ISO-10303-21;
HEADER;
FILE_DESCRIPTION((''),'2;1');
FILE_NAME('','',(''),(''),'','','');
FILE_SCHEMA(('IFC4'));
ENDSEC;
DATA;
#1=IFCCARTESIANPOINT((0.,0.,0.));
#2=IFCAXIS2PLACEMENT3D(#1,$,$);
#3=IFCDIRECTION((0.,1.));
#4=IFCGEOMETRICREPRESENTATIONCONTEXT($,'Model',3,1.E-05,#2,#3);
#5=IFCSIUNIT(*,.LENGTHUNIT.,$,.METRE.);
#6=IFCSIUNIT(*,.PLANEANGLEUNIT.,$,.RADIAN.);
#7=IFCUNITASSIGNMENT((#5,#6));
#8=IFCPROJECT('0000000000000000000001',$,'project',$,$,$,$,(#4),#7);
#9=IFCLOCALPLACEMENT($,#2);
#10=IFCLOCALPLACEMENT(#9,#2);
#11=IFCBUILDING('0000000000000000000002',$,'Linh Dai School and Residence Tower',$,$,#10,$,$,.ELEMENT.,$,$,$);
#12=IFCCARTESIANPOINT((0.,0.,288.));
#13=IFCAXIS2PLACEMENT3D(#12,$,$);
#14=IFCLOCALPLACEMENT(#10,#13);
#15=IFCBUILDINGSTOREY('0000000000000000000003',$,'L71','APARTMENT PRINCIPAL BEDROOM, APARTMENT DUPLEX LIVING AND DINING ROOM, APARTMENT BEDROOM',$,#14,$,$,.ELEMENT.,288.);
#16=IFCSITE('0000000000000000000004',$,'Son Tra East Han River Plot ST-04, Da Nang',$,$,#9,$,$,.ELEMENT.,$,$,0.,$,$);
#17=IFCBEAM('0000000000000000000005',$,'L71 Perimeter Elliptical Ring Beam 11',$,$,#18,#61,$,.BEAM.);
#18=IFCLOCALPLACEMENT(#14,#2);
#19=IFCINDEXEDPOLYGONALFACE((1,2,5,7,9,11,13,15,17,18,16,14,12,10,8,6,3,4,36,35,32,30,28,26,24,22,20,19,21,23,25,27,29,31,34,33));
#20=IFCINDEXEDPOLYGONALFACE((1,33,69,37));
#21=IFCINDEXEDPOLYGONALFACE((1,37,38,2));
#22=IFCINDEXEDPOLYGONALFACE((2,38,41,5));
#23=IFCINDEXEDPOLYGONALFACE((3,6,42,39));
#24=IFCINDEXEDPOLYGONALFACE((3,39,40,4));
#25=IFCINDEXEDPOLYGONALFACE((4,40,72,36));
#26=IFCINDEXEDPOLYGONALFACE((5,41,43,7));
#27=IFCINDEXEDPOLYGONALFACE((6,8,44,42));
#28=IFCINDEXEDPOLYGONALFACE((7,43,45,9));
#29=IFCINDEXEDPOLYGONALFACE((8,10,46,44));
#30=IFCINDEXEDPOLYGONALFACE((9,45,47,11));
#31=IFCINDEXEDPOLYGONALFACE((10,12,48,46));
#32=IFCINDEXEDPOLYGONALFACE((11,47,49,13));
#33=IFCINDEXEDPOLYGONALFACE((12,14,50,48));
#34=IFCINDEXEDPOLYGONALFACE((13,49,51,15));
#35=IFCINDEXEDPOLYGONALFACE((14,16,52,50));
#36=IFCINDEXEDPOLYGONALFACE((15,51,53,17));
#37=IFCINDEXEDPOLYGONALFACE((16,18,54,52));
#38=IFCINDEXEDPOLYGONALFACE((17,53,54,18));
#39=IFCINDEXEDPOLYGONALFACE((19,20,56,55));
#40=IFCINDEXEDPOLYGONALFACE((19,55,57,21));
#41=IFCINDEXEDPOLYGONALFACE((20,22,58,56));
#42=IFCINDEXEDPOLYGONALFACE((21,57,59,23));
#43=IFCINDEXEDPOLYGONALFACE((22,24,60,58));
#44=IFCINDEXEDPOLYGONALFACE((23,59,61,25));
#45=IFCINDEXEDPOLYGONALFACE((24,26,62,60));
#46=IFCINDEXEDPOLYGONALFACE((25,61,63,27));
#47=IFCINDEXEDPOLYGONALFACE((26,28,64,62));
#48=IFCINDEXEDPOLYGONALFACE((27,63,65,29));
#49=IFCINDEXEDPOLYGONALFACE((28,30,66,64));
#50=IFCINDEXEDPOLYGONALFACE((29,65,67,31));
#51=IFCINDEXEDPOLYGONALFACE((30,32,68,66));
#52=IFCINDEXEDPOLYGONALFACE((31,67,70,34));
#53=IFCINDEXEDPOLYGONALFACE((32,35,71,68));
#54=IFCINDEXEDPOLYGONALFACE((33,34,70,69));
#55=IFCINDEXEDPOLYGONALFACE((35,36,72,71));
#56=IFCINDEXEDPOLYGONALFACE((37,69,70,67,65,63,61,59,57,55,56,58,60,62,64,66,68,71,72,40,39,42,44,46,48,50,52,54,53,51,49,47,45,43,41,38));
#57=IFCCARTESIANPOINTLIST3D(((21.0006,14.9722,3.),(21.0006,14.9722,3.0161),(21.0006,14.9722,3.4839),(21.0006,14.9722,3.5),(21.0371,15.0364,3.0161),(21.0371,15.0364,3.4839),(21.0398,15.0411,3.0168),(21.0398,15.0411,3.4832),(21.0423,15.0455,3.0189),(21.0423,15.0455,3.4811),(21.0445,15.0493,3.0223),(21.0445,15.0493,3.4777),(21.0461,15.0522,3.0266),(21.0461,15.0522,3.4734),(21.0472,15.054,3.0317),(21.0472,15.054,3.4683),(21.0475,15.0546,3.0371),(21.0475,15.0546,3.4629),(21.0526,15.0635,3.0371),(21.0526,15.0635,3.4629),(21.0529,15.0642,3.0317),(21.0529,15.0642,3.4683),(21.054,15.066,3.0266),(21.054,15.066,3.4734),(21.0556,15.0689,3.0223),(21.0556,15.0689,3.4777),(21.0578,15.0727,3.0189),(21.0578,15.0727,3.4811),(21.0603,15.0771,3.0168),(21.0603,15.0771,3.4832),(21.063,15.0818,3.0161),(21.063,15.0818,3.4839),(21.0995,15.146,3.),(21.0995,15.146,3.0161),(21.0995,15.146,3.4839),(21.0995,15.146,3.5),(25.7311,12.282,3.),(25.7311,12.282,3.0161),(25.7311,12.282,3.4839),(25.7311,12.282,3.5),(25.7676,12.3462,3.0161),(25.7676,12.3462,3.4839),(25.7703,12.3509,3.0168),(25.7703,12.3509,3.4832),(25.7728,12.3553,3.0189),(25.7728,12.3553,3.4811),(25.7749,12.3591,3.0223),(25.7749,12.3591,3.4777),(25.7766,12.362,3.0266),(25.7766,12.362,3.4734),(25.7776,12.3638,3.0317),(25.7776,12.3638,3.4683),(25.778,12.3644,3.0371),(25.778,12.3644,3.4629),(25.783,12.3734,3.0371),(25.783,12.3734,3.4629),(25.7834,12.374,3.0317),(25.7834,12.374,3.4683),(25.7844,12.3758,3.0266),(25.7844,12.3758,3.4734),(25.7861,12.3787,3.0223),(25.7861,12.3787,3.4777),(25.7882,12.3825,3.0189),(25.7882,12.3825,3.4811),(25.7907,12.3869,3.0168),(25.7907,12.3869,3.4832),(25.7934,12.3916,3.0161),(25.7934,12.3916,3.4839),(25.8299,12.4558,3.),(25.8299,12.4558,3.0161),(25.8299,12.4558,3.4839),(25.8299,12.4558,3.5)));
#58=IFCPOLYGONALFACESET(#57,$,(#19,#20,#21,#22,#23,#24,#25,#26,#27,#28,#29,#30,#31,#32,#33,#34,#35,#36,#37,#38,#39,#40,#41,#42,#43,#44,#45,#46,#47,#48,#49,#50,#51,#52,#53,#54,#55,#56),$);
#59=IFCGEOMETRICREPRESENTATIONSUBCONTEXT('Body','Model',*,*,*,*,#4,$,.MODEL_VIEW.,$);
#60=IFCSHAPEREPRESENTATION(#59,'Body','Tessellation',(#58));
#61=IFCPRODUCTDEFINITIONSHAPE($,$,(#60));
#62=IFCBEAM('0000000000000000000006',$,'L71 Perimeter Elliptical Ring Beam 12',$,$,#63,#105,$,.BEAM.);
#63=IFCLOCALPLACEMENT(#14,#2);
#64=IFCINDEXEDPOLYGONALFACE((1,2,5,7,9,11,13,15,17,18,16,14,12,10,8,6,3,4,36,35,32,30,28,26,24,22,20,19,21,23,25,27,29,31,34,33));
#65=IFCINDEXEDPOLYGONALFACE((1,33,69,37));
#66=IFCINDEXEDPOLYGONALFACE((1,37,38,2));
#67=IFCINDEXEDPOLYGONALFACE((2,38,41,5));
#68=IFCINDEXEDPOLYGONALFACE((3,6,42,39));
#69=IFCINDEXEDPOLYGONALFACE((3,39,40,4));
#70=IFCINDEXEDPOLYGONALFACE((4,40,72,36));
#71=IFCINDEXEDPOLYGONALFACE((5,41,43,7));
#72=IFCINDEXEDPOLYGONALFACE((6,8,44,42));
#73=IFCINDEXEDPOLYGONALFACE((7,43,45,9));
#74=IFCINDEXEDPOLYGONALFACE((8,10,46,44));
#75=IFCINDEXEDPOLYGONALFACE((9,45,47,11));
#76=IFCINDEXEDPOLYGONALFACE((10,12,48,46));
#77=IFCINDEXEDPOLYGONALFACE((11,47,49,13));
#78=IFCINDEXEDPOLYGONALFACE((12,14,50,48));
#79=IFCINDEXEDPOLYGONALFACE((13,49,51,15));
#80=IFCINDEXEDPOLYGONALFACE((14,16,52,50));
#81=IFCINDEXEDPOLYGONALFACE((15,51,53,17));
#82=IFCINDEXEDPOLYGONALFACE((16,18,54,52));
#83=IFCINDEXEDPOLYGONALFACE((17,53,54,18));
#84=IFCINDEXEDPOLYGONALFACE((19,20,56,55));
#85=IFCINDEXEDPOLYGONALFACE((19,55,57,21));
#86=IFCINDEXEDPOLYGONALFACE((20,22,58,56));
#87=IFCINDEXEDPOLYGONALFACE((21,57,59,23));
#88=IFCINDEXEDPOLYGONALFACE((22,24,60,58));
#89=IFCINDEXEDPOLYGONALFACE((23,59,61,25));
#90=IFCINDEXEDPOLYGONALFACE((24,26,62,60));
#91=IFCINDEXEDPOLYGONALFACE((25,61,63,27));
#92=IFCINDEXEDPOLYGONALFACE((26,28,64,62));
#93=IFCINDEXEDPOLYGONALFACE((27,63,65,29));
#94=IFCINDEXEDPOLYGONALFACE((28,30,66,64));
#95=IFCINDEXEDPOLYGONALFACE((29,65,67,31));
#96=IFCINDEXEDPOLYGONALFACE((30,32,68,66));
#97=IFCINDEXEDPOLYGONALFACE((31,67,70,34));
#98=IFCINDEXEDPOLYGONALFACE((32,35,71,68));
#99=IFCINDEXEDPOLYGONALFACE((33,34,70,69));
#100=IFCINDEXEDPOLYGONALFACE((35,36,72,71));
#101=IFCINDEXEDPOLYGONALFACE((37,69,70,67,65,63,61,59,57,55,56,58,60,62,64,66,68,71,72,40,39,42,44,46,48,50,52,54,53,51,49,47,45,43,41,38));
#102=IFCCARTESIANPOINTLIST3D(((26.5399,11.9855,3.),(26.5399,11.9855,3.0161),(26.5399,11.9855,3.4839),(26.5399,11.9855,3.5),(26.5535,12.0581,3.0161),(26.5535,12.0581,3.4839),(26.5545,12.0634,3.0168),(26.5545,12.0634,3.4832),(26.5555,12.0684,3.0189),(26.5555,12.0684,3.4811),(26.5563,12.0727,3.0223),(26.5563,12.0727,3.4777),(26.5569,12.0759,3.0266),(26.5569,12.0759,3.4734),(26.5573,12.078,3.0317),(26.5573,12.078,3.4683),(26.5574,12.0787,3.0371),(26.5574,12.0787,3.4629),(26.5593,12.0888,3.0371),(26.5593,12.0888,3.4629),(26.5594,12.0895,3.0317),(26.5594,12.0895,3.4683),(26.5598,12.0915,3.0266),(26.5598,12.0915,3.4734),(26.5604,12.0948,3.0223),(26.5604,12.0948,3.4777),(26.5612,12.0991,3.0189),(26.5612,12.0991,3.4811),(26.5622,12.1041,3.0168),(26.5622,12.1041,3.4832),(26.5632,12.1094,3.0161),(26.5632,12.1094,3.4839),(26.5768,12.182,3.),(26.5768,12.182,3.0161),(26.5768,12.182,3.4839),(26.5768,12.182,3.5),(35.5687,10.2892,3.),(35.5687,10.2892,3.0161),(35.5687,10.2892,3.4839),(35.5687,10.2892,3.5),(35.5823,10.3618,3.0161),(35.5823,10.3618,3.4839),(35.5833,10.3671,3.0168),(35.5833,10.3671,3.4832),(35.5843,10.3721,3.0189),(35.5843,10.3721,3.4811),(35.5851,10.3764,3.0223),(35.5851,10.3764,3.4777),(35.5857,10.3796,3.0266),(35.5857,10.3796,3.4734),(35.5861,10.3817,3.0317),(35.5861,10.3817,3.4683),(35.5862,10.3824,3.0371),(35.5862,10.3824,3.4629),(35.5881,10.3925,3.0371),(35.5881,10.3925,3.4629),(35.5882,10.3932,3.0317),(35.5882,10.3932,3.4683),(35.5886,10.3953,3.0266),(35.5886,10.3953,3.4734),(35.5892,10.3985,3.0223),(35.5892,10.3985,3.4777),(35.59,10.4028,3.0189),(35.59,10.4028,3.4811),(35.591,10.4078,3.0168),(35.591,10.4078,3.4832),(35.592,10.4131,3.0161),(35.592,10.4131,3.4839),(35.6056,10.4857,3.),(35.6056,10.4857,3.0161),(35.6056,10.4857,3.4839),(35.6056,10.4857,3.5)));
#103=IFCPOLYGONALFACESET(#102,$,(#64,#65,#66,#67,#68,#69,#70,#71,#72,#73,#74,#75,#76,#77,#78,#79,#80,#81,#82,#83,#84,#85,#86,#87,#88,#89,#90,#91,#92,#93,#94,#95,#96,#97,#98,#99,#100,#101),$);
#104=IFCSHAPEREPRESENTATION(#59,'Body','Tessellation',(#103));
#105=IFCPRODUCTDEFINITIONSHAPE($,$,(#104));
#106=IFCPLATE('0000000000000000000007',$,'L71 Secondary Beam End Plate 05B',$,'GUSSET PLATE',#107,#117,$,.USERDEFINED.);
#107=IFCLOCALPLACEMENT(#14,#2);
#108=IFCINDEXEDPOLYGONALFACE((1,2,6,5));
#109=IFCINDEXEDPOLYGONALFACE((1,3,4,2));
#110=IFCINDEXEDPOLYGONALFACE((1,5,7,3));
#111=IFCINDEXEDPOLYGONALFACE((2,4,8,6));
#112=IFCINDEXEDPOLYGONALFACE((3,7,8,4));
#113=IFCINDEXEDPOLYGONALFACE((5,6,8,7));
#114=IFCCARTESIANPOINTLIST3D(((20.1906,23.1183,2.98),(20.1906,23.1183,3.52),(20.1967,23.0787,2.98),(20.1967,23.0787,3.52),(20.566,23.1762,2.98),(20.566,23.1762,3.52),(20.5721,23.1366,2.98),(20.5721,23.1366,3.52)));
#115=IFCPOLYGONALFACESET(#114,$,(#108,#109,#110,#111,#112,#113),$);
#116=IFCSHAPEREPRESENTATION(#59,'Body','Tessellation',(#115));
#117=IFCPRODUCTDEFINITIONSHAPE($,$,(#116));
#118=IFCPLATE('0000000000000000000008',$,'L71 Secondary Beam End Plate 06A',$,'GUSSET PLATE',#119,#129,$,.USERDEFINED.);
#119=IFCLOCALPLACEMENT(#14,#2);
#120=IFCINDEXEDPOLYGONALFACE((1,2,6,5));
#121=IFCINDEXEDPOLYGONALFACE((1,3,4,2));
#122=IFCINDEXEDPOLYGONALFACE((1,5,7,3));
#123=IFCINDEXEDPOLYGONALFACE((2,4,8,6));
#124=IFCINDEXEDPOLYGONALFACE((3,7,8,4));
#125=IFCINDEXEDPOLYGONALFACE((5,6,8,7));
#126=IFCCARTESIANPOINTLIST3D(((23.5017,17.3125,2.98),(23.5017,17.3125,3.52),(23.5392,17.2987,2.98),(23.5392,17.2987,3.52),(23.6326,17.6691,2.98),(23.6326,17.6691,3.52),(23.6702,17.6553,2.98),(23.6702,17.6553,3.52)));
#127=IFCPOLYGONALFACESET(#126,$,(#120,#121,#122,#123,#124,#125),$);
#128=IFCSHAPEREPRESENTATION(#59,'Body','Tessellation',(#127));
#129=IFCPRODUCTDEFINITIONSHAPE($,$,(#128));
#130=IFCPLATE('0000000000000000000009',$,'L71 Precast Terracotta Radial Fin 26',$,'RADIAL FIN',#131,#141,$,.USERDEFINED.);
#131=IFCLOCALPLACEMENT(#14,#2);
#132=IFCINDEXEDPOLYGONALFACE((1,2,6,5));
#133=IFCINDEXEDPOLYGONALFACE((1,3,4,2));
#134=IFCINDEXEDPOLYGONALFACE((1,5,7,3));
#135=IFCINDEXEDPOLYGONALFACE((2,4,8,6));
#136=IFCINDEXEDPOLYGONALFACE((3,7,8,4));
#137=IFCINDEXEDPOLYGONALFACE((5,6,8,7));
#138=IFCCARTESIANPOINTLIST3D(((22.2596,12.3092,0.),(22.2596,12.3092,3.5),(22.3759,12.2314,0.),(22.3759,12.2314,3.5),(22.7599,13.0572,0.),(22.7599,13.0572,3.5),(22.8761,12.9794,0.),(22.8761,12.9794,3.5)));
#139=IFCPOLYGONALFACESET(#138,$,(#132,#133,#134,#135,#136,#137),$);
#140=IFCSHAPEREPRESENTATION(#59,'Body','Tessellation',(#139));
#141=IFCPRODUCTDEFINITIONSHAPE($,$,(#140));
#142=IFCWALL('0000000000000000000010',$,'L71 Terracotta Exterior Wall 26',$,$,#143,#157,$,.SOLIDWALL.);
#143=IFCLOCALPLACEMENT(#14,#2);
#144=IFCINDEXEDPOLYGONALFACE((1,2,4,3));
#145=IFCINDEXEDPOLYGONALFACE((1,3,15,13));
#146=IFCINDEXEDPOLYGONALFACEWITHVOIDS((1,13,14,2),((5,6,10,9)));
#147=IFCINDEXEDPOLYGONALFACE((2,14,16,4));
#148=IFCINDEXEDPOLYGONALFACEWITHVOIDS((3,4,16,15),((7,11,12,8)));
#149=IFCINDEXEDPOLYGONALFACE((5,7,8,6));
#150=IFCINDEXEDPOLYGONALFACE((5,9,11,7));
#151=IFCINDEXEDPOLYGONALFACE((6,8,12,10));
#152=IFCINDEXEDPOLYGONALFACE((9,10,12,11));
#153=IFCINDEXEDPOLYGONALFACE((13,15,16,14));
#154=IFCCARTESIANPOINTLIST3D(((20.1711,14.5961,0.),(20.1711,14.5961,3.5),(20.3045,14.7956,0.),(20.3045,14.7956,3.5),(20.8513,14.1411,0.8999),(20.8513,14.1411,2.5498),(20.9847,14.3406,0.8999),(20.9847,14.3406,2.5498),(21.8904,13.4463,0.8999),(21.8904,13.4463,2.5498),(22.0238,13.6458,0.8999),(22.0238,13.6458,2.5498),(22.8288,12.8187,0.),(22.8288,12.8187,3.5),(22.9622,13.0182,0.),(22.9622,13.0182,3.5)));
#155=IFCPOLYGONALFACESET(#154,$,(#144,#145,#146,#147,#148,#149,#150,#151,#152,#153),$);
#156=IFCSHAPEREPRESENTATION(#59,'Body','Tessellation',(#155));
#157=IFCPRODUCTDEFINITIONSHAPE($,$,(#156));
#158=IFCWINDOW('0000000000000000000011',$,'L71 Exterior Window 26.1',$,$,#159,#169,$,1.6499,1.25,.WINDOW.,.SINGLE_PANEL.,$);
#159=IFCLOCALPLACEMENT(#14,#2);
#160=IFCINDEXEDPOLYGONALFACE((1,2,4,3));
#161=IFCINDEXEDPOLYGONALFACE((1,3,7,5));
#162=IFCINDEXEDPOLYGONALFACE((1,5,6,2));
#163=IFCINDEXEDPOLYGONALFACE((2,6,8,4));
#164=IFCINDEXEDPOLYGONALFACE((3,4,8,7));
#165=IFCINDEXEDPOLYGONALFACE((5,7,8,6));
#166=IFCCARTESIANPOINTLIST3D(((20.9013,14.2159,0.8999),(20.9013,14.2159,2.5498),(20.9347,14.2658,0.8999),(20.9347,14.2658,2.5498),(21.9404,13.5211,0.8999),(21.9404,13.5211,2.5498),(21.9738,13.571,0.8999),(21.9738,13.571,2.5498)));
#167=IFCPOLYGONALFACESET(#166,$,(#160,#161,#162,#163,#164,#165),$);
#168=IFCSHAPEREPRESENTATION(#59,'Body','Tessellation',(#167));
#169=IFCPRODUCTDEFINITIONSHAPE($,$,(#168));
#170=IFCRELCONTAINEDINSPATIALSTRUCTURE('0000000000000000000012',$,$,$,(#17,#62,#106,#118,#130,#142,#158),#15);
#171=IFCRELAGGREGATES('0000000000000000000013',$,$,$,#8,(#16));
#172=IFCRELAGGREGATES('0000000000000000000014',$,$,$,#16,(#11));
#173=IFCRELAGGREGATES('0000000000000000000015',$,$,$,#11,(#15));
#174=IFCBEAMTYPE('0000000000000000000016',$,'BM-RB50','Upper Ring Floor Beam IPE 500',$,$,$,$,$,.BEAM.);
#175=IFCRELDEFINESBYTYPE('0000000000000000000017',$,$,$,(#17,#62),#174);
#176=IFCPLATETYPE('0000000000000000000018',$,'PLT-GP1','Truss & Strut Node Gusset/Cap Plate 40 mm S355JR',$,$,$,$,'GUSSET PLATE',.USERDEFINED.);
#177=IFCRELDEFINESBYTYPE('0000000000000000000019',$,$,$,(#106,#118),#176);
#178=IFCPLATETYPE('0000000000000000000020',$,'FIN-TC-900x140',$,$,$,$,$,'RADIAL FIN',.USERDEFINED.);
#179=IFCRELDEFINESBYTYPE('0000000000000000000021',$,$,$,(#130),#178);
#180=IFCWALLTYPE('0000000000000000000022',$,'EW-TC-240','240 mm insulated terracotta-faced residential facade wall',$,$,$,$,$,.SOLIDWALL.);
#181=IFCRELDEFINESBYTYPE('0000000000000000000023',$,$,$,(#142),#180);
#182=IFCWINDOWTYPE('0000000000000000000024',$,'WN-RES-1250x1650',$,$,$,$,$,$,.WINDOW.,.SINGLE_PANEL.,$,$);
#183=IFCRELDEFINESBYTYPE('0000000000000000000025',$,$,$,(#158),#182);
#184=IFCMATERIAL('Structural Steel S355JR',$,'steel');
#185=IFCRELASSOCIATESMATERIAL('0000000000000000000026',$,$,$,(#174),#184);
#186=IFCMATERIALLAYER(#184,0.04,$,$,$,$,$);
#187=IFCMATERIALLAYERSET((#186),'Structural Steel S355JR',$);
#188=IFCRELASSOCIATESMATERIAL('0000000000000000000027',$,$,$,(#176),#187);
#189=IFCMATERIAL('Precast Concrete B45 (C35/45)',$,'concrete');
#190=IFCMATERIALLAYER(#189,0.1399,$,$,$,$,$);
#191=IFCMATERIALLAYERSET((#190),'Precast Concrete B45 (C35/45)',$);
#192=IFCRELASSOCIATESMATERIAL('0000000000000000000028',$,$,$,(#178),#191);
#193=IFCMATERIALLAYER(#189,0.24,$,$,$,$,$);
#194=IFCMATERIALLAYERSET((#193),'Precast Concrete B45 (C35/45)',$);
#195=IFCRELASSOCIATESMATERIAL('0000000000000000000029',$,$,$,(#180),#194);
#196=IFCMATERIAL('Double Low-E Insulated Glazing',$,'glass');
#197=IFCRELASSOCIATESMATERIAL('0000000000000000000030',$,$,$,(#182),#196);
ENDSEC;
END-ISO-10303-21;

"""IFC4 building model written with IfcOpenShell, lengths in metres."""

from ifc_helpers import new_model, si_unit, direction, frame, frame_2d, origin, origin_2d, place, context, subcontext, project, spatial, rectangle, i_section, extrude, source, transform, mapped, material, layer, layer_set, material_profile, profile_set, type_object, element, fill, save


model = new_model("IFC4")

# Units and contexts
model_context = context("Model", 3, precision=1e-05, world=origin(), true_north=direction((0.0, 1.0)))
body_context = subcontext(model_context, "Body", "Model", "MODEL_VIEW")
ifc_project = project(units=[si_unit("LENGTHUNIT", "METRE"), si_unit("PLANEANGLEUNIT", "RADIAN")], contexts=[model_context])

# Site, building, storey
site_placement = place(None, origin())
site = spatial("IfcSite", under=ifc_project, at=site_placement, Name="Son Tra East Han River Plot ST-04, Da Nang", CompositionType="ELEMENT", RefElevation=0.0)
building_placement = place(site_placement, origin())
building = spatial("IfcBuilding", under=site, at=building_placement, Name="Linh Dai School and Residence Tower", CompositionType="ELEMENT")
storey_placement = place(building_placement, frame((0.0, 0.0, 288.0)))
storey = spatial("IfcBuildingStorey", under=building, at=storey_placement, Name="L71", Description="APARTMENT PRINCIPAL BEDROOM, APARTMENT DUPLEX LIVING AND DINING ROOM, APARTMENT BEDROOM", CompositionType="ELEMENT", Elevation=288.0)

# Shared definitions
ifc_material_1 = material(Name="Structural Steel S355JR", Category="steel")

# Beams
ifc_material_profile_1 = material_profile(ifc_material_1, i_section(OverallWidth=0.2, OverallDepth=0.5, WebThickness=0.0103, FlangeThickness=0.0161, FilletRadius=0.021, at=origin_2d()), Name="IPE 500")
ifc_profile_set_1 = profile_set([ifc_material_profile_1], Name="Structural Steel S355JR")
beam_type_1 = type_object("IfcBeamType", Name="BM-RB50", Description="Upper Ring Floor Beam IPE 500", PredefinedType="BEAM", material=ifc_profile_set_1)
beam_1_placement = place(storey_placement, frame((21.05, 15.0591, 3.25), z_axis=(0.869266, -0.494345, 0.0), x_axis=(0.494345, 0.869266, 0.0)))
element("IfcBeam", 1, at=beam_1_placement, inside=storey, type_object=beam_type_1, Name="L71 Perimeter Elliptical Ring Beam 11", PredefinedType="BEAM", context=body_context, shape_type="SweptSolid", body=[
    extrude(i_section(OverallWidth=0.2, OverallDepth=0.5, WebThickness=0.0103, FlangeThickness=0.0161, FilletRadius=0.021, at=origin_2d()), origin(), (0.0, 0.0, 1.0), 5.4419),
])
beam_2_placement = place(storey_placement, frame((26.5583, 12.0837, 3.25), z_axis=(0.982805, -0.184645, 0.0), x_axis=(0.184645, 0.982805, 0.0)))
element("IfcBeam", 2, at=beam_2_placement, inside=storey, type_object=beam_type_1, Name="L71 Perimeter Elliptical Ring Beam 12", PredefinedType="BEAM", context=body_context, shape_type="SweptSolid", body=[
    extrude(i_section(OverallWidth=0.2, OverallDepth=0.5, WebThickness=0.0103, FlangeThickness=0.0161, FilletRadius=0.021, at=origin_2d()), origin(), (0.0, 0.0, 1.0), 9.1868),
])

# Plates
ifc_layer_1 = layer(ifc_material_1, 0.04)
ifc_layer_set_1 = layer_set([ifc_layer_1], Name="Structural Steel S355JR")
plate_type_1 = type_object("IfcPlateType", Name="PLT-GP1", Description="Truss & Strut Node Gusset/Cap Plate 40 mm S355JR", ElementType="GUSSET PLATE", PredefinedType="USERDEFINED", material=ifc_layer_set_1)
shared_shape_1 = source(origin(), body_context, "Body", "SweptSolid", [
    extrude(rectangle(XDim=0.04, YDim=0.3799, at=origin_2d()), origin(), (0.0, 0.0, 1.0), 0.54),
])
for number, where, z_axis, x_axis, name in (
    (3, (20.3813, 23.1274, 2.98), (0.0, 0.0, 1.0), (0.152474, -0.988308, 0.0), "L71 Secondary Beam End Plate 05B"),
    (4, (23.5859, 17.4839, 2.98), (0.0, 0.0, 1.0), (0.938695, -0.344748, 0.0), "L71 Secondary Beam End Plate 06A"),
):
    element("IfcPlate", number, at=place(storey_placement, frame(where, z_axis=z_axis, x_axis=x_axis)), inside=storey, type_object=plate_type_1, Name=name, ObjectType="GUSSET PLATE", PredefinedType="USERDEFINED", context=body_context, shape_type="MappedRepresentation", body=[
        mapped(shared_shape_1, transform((0.0, 0.0, 0.0), x_axis=(1.0, 0.0, 0.0), y_axis=(0.0, 1.0, 0.0), z_axis=(0.0, 0.0, 1.0), scale=1.0)),
    ])
ifc_material_2 = material(Name="Precast Concrete B45 (C35/45)", Category="concrete")
ifc_layer_2 = layer(ifc_material_2, 0.1399)
ifc_layer_set_2 = layer_set([ifc_layer_2], Name="Precast Concrete B45 (C35/45)")
plate_type_2 = type_object("IfcPlateType", Name="FIN-TC-900x140", ElementType="RADIAL FIN", PredefinedType="USERDEFINED", material=ifc_layer_set_2)
shared_shape_2 = source(origin(), body_context, "Body", "SweptSolid", [
    extrude(rectangle(XDim=0.8999, YDim=0.1399, at=origin_2d()), origin(), (0.0, 0.0, 1.0), 3.5),
])
plate_placement = place(storey_placement, frame((22.5679, 12.6443, 0.0), z_axis=(0.0, 0.0, 1.0), x_axis=(-0.555906, -0.831245, 0.0)))
element("IfcPlate", 5, at=plate_placement, inside=storey, type_object=plate_type_2, Name="L71 Precast Terracotta Radial Fin 26", ObjectType="RADIAL FIN", PredefinedType="USERDEFINED", context=body_context, shape_type="MappedRepresentation", body=[
    mapped(shared_shape_2, transform((0.0, 0.0, 0.0), x_axis=(1.0, 0.0, 0.0), y_axis=(0.0, 1.0, 0.0), z_axis=(0.0, 0.0, 1.0), scale=1.0)),
])

# Wall, opening, window
ifc_layer_3 = layer(ifc_material_2, 0.24)
ifc_layer_set_3 = layer_set([ifc_layer_3], Name="Precast Concrete B45 (C35/45)")
wall_type_1 = type_object("IfcWallType", Name="EW-TC-240", Description="240 mm insulated terracotta-faced residential facade wall", PredefinedType="SOLIDWALL", material=ifc_layer_set_3)
wall_1_placement = place(storey_placement, frame((22.8955, 12.9185, 0.0), z_axis=(0.0, 0.0, 1.0), x_axis=(-0.831251, 0.555898, 0.0)))
wall_1 = element("IfcWall", 6, at=wall_1_placement, inside=storey, type_object=wall_type_1, Name="L71 Terracotta Exterior Wall 26", PredefinedType="SOLIDWALL", context=body_context, shape_type="SweptSolid", body=[
    extrude(rectangle(XDim=3.1973, YDim=0.24, at=frame_2d((1.5986, 0.0))), origin(), (0.0, 0.0, 1.0), 3.5),
])
opening_1_placement = place(wall_1_placement, frame((1.1289, 0.0, 0.8999)))
opening_1 = element("IfcOpeningElement", 7, at=opening_1_placement, cuts=wall_1, PredefinedType="OPENING", context=body_context, shape_type="SweptSolid", body=[
    extrude(rectangle(XDim=1.25, YDim=1.6499, at=origin_2d()), frame((0.625, 0.1299, 0.825), z_axis=(0.0, -1.0, 0.0), x_axis=(1.0, 0.0, 0.0)), (0.0, 0.0, 1.0), 0.26),
])
ifc_material_3 = material(Name="Double Low-E Insulated Glazing", Category="glass")
window_type_1 = type_object("IfcWindowType", Name="WN-RES-1250x1650", PartitioningType="SINGLE_PANEL", PredefinedType="WINDOW", material=ifc_material_3)
shared_shape_3 = source(origin(), body_context, "Body", "SweptSolid", [
    extrude(rectangle(XDim=1.25, YDim=1.6499, at=origin_2d()), frame((0.625, 0.03, 0.825), z_axis=(0.0, -1.0, 0.0), x_axis=(1.0, 0.0, 0.0)), (0.0, 0.0, 1.0), 0.0601),
])
window_1_placement = place(opening_1_placement, origin())
window_1 = element("IfcWindow", 8, at=window_1_placement, inside=storey, type_object=window_type_1, Name="L71 Exterior Window 26.1", OverallHeight=1.6499, OverallWidth=1.25, PartitioningType="SINGLE_PANEL", PredefinedType="WINDOW", context=body_context, shape_type="MappedRepresentation", body=[
    mapped(shared_shape_3, transform((0.0, 0.0, 0.0), x_axis=(1.0, 0.0, 0.0), y_axis=(0.0, 1.0, 0.0), z_axis=(0.0, 0.0, 1.0), scale=1.0)),
])
fill(opening_1, window_1)

save(model, "model.ifc")
